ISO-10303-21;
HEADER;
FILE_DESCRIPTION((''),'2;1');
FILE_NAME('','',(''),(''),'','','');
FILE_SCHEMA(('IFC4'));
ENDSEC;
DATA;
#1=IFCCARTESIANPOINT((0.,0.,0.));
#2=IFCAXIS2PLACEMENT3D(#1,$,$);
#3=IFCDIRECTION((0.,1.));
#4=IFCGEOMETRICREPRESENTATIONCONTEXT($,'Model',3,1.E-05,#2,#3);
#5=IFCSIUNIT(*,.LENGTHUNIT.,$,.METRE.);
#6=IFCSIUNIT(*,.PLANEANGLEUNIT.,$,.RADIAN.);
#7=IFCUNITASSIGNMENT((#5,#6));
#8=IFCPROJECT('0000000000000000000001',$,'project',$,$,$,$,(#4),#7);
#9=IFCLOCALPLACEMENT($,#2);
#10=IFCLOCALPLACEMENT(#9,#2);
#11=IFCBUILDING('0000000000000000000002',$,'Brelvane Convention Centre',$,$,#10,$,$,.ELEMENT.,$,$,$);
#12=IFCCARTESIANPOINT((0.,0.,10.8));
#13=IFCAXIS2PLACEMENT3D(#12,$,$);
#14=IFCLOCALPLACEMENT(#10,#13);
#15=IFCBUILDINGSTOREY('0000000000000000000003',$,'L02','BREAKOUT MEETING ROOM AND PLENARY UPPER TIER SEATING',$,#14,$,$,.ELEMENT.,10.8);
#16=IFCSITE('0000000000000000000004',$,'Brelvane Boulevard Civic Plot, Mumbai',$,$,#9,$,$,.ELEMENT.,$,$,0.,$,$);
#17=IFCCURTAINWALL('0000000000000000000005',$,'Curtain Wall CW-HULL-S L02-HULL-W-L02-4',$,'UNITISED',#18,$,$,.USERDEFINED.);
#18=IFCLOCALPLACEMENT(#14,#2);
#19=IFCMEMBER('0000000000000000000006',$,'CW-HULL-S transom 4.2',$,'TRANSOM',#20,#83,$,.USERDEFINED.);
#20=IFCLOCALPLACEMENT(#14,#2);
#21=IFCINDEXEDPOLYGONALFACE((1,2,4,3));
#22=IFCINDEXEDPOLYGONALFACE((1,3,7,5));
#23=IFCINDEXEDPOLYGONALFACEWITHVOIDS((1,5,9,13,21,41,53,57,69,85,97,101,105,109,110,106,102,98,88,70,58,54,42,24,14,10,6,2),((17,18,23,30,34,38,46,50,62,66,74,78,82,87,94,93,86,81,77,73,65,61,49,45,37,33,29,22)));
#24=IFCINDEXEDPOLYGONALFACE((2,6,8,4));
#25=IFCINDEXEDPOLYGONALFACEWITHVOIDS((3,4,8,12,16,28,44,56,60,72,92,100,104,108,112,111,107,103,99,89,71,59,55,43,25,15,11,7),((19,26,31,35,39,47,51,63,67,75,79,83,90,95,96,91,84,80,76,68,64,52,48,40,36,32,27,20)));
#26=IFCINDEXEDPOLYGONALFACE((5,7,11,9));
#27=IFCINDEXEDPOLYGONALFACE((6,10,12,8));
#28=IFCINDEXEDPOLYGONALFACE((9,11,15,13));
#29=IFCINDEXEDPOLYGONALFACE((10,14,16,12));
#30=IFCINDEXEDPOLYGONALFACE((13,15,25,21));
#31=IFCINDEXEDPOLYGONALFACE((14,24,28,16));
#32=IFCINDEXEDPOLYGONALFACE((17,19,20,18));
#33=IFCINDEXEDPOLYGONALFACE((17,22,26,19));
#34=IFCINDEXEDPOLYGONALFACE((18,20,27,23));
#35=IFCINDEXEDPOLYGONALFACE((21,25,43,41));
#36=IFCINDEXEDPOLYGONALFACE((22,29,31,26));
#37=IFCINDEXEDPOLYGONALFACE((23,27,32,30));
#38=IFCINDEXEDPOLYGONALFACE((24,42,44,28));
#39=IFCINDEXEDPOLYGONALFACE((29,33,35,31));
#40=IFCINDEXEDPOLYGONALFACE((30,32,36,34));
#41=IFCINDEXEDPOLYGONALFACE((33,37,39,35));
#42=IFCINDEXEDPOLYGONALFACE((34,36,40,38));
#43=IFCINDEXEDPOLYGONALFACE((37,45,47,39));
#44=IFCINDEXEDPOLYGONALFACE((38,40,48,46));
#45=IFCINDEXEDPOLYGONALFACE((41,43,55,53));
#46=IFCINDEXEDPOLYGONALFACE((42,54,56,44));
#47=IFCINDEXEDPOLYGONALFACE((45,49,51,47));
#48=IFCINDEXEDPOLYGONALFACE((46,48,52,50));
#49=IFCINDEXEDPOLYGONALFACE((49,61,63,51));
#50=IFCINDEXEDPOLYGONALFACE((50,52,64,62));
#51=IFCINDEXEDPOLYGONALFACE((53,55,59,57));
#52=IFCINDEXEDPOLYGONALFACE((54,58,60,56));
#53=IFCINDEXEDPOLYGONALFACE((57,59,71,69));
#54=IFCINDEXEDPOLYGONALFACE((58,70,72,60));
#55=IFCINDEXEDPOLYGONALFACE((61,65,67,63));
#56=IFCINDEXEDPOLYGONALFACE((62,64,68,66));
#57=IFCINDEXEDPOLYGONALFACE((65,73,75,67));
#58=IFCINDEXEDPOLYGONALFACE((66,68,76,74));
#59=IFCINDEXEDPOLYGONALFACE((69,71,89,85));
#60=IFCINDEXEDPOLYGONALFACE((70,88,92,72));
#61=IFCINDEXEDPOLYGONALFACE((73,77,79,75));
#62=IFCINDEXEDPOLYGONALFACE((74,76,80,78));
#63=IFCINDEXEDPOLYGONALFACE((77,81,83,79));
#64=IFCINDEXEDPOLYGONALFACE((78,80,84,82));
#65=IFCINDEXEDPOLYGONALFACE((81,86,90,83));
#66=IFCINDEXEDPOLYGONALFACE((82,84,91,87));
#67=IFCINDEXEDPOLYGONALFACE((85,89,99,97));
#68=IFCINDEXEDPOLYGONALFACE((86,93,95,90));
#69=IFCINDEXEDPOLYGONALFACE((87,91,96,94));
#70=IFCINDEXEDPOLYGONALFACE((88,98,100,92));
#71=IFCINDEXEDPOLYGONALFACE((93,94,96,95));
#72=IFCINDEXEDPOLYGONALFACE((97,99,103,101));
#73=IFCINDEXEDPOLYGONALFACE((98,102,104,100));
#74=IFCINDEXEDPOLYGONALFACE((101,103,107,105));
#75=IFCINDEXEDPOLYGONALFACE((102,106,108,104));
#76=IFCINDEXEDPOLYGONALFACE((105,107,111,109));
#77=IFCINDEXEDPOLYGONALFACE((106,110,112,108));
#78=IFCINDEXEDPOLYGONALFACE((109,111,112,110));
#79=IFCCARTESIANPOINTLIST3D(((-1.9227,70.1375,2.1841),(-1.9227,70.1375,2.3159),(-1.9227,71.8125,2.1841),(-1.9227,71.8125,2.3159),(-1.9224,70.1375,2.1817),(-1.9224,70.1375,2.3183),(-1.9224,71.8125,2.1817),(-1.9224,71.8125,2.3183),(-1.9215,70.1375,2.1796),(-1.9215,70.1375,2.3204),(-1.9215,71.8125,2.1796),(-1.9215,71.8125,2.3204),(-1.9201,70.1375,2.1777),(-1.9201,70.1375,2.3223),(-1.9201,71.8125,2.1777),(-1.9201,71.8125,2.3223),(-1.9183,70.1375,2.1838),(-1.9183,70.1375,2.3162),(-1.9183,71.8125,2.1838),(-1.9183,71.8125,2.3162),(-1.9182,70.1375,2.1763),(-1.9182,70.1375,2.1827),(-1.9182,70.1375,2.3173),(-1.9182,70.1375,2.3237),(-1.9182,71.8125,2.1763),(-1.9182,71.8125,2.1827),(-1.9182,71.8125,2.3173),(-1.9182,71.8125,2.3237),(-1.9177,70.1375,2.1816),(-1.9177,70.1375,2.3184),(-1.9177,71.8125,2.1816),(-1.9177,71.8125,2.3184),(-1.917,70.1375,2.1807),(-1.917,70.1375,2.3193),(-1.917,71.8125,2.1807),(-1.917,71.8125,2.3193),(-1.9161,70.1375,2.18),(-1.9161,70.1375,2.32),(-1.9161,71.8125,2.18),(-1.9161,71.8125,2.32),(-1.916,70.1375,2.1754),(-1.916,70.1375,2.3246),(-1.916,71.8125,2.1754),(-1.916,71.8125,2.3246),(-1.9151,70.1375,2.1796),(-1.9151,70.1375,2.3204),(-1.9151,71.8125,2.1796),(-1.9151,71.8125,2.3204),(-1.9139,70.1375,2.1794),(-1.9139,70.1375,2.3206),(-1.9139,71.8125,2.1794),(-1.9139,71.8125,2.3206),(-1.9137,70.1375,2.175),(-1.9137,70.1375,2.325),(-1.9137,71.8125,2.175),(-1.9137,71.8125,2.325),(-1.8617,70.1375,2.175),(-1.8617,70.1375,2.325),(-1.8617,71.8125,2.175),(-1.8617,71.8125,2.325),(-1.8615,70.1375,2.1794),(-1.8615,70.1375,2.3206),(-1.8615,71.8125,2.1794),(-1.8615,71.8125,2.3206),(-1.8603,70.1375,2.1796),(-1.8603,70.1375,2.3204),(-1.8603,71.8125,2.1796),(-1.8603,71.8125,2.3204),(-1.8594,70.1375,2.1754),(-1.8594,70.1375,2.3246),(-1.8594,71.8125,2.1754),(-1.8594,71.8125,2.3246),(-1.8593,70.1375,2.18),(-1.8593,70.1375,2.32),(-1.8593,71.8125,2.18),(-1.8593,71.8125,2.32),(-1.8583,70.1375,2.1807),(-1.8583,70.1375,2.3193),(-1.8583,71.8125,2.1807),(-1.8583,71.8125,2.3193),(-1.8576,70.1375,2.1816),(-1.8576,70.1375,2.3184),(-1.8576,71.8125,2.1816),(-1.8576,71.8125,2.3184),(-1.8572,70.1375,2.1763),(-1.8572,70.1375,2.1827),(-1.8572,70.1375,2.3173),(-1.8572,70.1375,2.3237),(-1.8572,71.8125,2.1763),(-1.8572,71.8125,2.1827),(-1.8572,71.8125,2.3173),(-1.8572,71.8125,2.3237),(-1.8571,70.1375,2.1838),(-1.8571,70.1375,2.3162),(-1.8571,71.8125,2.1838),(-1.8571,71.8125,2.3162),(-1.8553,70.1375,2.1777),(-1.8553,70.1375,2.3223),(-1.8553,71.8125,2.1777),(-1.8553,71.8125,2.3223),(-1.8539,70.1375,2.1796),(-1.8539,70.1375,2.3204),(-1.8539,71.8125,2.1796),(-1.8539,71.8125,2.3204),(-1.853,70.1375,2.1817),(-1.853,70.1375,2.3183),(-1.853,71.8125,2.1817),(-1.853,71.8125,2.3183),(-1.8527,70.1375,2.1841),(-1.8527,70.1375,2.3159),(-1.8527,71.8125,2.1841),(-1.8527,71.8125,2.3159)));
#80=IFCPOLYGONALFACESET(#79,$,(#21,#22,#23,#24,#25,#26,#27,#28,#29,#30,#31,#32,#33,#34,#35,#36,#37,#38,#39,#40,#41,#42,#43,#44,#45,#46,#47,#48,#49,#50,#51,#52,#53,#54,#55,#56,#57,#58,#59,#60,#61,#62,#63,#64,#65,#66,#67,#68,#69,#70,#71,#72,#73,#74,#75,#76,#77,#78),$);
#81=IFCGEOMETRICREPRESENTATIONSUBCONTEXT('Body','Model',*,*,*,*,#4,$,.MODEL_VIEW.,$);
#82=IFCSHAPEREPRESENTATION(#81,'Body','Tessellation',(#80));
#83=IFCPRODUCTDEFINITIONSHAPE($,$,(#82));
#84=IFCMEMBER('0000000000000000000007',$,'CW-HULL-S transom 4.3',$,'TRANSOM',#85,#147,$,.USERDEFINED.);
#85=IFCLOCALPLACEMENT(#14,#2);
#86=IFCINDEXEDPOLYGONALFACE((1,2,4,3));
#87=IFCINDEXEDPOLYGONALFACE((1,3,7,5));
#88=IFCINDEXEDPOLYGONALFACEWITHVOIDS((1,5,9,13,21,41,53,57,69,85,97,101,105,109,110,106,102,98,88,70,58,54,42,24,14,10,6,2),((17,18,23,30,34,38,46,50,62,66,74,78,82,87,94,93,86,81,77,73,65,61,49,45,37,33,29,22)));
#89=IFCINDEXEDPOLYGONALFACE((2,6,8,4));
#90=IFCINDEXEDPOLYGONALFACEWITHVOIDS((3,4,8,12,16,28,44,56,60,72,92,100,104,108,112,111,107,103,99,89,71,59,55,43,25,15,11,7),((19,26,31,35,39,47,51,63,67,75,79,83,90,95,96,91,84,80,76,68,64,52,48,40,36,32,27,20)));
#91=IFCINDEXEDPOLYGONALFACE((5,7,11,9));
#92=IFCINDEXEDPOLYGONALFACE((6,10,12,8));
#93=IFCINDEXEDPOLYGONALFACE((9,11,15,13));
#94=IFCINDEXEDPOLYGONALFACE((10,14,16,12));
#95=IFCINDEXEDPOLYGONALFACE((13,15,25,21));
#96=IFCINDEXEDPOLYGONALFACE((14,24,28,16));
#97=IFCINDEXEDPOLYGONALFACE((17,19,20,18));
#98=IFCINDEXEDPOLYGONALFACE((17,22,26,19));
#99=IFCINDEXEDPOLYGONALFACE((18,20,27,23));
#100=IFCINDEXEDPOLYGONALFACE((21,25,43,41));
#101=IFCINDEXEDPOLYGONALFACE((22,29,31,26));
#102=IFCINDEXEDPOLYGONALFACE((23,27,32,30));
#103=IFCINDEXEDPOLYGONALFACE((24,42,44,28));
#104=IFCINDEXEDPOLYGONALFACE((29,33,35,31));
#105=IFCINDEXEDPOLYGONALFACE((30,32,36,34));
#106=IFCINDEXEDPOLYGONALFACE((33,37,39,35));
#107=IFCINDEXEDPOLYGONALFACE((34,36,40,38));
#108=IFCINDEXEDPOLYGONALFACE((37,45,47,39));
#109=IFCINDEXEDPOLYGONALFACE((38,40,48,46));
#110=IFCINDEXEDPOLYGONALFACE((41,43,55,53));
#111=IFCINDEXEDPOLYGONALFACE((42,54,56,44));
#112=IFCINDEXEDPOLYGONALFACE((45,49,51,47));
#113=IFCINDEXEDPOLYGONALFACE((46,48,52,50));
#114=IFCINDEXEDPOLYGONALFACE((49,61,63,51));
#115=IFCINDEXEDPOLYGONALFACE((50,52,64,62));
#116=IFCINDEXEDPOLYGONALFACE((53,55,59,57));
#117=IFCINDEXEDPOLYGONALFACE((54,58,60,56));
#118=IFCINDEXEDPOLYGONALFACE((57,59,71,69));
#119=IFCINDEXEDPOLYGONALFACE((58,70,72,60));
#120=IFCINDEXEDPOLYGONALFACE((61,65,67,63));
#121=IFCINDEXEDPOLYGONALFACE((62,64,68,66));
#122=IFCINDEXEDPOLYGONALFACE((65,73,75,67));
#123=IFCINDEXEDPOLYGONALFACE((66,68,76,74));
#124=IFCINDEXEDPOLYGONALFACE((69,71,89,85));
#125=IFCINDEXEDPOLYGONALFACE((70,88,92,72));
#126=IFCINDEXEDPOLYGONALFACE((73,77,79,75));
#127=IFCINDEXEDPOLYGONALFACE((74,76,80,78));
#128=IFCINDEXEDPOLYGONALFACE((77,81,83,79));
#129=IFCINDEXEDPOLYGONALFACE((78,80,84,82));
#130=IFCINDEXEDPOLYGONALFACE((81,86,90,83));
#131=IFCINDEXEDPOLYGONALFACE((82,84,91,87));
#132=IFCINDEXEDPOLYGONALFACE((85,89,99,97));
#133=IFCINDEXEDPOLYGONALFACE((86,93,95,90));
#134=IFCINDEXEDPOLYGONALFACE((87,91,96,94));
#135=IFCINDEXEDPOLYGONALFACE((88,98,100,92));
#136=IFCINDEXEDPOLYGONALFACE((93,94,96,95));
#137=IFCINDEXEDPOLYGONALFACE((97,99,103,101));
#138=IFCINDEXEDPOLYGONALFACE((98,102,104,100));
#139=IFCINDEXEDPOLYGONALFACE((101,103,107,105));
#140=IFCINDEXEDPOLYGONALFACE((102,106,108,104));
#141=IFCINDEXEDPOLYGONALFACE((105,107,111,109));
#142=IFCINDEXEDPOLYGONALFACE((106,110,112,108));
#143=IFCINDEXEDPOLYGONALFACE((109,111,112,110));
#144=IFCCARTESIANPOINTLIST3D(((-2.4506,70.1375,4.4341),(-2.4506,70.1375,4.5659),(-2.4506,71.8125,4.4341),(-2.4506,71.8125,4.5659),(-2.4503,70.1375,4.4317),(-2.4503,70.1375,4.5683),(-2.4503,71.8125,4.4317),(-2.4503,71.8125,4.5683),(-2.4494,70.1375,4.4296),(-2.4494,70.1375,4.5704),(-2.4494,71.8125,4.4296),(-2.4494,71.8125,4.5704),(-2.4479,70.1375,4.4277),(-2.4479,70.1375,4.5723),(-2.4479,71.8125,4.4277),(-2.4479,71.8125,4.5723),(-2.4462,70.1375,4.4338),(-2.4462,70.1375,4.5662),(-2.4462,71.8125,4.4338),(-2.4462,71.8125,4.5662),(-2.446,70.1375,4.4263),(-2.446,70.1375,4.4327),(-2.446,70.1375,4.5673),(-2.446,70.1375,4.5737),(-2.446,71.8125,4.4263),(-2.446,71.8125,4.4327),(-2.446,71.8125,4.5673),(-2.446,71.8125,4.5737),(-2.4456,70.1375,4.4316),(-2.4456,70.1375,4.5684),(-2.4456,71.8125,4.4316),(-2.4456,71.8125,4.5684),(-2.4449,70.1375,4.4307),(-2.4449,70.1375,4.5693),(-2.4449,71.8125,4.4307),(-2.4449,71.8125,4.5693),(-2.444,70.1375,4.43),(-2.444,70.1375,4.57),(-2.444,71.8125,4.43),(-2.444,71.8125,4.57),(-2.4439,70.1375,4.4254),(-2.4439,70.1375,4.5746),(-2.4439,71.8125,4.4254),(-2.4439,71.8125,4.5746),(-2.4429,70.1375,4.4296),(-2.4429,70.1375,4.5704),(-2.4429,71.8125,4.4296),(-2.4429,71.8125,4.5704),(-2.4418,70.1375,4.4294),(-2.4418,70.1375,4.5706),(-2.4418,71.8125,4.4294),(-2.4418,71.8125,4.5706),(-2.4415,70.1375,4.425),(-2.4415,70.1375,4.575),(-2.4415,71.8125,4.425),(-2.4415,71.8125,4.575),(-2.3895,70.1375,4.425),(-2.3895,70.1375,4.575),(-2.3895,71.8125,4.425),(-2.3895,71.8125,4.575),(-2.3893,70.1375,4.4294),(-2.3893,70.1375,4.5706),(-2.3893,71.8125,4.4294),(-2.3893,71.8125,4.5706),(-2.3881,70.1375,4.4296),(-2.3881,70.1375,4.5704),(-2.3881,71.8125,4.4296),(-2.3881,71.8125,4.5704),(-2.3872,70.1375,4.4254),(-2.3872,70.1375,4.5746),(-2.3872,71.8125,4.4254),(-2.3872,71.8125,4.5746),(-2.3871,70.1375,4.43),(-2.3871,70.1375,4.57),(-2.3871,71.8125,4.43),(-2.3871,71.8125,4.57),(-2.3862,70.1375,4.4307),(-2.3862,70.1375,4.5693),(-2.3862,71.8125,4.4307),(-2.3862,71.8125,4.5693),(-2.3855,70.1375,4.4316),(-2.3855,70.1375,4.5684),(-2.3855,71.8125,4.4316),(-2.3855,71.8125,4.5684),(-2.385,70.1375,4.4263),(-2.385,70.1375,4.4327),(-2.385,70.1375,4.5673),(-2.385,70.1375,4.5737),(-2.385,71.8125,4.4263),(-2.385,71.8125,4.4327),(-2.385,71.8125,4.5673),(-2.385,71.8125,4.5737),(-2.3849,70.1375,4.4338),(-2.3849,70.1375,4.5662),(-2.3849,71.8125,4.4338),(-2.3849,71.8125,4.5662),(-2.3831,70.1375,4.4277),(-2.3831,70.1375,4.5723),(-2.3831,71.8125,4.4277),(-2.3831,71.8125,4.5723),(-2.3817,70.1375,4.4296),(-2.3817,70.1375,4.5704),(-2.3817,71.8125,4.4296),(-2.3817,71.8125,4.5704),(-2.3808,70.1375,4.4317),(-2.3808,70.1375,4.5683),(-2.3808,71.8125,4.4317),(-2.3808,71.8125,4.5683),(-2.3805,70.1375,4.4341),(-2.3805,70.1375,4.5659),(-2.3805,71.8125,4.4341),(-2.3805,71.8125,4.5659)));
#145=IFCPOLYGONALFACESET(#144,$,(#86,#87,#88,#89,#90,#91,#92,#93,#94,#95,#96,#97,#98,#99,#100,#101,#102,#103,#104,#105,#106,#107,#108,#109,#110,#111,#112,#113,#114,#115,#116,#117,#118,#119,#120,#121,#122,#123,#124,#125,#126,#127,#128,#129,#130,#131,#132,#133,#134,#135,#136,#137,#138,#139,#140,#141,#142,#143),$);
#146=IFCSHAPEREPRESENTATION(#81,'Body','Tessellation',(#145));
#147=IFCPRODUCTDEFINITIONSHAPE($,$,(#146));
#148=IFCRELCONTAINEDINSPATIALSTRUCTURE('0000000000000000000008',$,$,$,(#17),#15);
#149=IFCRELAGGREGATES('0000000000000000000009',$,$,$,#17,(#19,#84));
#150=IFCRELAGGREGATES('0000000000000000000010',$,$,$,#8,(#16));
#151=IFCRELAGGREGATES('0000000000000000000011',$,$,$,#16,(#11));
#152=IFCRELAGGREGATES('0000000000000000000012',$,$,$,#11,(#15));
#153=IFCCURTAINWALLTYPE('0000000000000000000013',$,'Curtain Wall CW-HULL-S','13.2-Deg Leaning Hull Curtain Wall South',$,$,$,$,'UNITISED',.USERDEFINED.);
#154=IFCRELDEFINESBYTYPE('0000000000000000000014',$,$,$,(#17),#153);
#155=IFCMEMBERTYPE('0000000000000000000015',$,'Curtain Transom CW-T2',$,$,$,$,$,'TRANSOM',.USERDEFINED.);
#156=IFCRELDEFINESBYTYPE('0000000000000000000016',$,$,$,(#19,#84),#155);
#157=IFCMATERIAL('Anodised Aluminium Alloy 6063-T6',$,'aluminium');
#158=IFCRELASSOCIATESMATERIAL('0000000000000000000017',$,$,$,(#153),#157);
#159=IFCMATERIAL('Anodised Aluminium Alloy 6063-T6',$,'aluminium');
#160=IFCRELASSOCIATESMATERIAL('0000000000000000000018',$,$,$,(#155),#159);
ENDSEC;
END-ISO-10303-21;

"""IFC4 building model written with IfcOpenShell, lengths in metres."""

from ifc_helpers import new_model, si_unit, direction, frame, origin, origin_2d, place, context, subcontext, project, spatial, hollow_rectangle, extrude, material, material_profile, profile_set, type_object, element, aggregate, save


model = new_model("IFC4")

# Units and contexts
model_context = context("Model", 3, precision=1e-05, world=origin(), true_north=direction((0.0, 1.0)))
body_context = subcontext(model_context, "Body", "Model", "MODEL_VIEW")
ifc_project = project(units=[si_unit("LENGTHUNIT", "METRE"), si_unit("PLANEANGLEUNIT", "RADIAN")], contexts=[model_context])

# Site, building, storey
site_placement = place(None, origin())
site = spatial("IfcSite", under=ifc_project, at=site_placement, Name="Brelvane Boulevard Civic Plot, Mumbai", CompositionType="ELEMENT", RefElevation=0.0)
building_placement = place(site_placement, origin())
building = spatial("IfcBuilding", under=site, at=building_placement, Name="Brelvane Convention Centre", CompositionType="ELEMENT")
storey_placement = place(building_placement, frame((0.0, 0.0, 10.8)))
storey = spatial("IfcBuildingStorey", under=building, at=storey_placement, Name="L02", Description="BREAKOUT MEETING ROOM AND PLENARY UPPER TIER SEATING", CompositionType="ELEMENT", Elevation=10.8)

# Curtain wall
ifc_material_1 = material(Name="Anodised Aluminium Alloy 6063-T6", Category="aluminium")
curtain_wall_type = type_object("IfcCurtainWallType", Name="Curtain Wall CW-HULL-S", Description="13.2-Deg Leaning Hull Curtain Wall South", ElementType="UNITISED", PredefinedType="USERDEFINED", material=ifc_material_1)
curtain_wall_1_placement = place(storey_placement, origin())
curtain_wall_1 = element("IfcCurtainWall", 1, at=curtain_wall_1_placement, inside=storey, type_object=curtain_wall_type, Name="Curtain Wall CW-HULL-S L02-HULL-W-L02-4", ObjectType="UNITISED", PredefinedType="USERDEFINED")

# Members
ifc_material_2 = material(Name="Anodised Aluminium Alloy 6063-T6", Category="aluminium")
ifc_material_profile_1 = material_profile(ifc_material_2, hollow_rectangle(XDim=0.0701, YDim=0.1499, WallThickness=0.0044, InnerFilletRadius=0.0044, OuterFilletRadius=0.009, at=origin_2d()), Name="ALU-T 150x70x4.5")
ifc_profile_set_1 = profile_set([ifc_material_profile_1], Name="Anodised Aluminium Alloy 6063-T6")
member_type_1 = type_object("IfcMemberType", Name="Curtain Transom CW-T2", ElementType="TRANSOM", PredefinedType="USERDEFINED", material=ifc_profile_set_1)
member_1_placement = place(storey_placement, frame((-1.8877, 70.1375, 2.25), z_axis=(0.0, 1.0, 0.0), x_axis=(-1.0, 0.0, 0.0)))
member_1 = element("IfcMember", 2, at=member_1_placement, type_object=member_type_1, Name="CW-HULL-S transom 4.2", ObjectType="TRANSOM", PredefinedType="USERDEFINED", context=body_context, shape_type="SweptSolid", body=[
    extrude(hollow_rectangle(XDim=0.0701, YDim=0.1499, WallThickness=0.0044, InnerFilletRadius=0.0044, OuterFilletRadius=0.009, at=origin_2d()), origin(), (0.0, 0.0, 1.0), 1.675),
])
member_2_placement = place(storey_placement, frame((-2.4155, 70.1375, 4.5), z_axis=(0.0, 1.0, 0.0), x_axis=(-1.0, 0.0, 0.0)))
member_2 = element("IfcMember", 3, at=member_2_placement, type_object=member_type_1, Name="CW-HULL-S transom 4.3", ObjectType="TRANSOM", PredefinedType="USERDEFINED", context=body_context, shape_type="SweptSolid", body=[
    extrude(hollow_rectangle(XDim=0.0701, YDim=0.1499, WallThickness=0.0044, InnerFilletRadius=0.0044, OuterFilletRadius=0.009, at=origin_2d()), origin(), (0.0, 0.0, 1.0), 1.675),
])

aggregate(curtain_wall_1, [member_1, member_2])

save(model, "model.ifc")
